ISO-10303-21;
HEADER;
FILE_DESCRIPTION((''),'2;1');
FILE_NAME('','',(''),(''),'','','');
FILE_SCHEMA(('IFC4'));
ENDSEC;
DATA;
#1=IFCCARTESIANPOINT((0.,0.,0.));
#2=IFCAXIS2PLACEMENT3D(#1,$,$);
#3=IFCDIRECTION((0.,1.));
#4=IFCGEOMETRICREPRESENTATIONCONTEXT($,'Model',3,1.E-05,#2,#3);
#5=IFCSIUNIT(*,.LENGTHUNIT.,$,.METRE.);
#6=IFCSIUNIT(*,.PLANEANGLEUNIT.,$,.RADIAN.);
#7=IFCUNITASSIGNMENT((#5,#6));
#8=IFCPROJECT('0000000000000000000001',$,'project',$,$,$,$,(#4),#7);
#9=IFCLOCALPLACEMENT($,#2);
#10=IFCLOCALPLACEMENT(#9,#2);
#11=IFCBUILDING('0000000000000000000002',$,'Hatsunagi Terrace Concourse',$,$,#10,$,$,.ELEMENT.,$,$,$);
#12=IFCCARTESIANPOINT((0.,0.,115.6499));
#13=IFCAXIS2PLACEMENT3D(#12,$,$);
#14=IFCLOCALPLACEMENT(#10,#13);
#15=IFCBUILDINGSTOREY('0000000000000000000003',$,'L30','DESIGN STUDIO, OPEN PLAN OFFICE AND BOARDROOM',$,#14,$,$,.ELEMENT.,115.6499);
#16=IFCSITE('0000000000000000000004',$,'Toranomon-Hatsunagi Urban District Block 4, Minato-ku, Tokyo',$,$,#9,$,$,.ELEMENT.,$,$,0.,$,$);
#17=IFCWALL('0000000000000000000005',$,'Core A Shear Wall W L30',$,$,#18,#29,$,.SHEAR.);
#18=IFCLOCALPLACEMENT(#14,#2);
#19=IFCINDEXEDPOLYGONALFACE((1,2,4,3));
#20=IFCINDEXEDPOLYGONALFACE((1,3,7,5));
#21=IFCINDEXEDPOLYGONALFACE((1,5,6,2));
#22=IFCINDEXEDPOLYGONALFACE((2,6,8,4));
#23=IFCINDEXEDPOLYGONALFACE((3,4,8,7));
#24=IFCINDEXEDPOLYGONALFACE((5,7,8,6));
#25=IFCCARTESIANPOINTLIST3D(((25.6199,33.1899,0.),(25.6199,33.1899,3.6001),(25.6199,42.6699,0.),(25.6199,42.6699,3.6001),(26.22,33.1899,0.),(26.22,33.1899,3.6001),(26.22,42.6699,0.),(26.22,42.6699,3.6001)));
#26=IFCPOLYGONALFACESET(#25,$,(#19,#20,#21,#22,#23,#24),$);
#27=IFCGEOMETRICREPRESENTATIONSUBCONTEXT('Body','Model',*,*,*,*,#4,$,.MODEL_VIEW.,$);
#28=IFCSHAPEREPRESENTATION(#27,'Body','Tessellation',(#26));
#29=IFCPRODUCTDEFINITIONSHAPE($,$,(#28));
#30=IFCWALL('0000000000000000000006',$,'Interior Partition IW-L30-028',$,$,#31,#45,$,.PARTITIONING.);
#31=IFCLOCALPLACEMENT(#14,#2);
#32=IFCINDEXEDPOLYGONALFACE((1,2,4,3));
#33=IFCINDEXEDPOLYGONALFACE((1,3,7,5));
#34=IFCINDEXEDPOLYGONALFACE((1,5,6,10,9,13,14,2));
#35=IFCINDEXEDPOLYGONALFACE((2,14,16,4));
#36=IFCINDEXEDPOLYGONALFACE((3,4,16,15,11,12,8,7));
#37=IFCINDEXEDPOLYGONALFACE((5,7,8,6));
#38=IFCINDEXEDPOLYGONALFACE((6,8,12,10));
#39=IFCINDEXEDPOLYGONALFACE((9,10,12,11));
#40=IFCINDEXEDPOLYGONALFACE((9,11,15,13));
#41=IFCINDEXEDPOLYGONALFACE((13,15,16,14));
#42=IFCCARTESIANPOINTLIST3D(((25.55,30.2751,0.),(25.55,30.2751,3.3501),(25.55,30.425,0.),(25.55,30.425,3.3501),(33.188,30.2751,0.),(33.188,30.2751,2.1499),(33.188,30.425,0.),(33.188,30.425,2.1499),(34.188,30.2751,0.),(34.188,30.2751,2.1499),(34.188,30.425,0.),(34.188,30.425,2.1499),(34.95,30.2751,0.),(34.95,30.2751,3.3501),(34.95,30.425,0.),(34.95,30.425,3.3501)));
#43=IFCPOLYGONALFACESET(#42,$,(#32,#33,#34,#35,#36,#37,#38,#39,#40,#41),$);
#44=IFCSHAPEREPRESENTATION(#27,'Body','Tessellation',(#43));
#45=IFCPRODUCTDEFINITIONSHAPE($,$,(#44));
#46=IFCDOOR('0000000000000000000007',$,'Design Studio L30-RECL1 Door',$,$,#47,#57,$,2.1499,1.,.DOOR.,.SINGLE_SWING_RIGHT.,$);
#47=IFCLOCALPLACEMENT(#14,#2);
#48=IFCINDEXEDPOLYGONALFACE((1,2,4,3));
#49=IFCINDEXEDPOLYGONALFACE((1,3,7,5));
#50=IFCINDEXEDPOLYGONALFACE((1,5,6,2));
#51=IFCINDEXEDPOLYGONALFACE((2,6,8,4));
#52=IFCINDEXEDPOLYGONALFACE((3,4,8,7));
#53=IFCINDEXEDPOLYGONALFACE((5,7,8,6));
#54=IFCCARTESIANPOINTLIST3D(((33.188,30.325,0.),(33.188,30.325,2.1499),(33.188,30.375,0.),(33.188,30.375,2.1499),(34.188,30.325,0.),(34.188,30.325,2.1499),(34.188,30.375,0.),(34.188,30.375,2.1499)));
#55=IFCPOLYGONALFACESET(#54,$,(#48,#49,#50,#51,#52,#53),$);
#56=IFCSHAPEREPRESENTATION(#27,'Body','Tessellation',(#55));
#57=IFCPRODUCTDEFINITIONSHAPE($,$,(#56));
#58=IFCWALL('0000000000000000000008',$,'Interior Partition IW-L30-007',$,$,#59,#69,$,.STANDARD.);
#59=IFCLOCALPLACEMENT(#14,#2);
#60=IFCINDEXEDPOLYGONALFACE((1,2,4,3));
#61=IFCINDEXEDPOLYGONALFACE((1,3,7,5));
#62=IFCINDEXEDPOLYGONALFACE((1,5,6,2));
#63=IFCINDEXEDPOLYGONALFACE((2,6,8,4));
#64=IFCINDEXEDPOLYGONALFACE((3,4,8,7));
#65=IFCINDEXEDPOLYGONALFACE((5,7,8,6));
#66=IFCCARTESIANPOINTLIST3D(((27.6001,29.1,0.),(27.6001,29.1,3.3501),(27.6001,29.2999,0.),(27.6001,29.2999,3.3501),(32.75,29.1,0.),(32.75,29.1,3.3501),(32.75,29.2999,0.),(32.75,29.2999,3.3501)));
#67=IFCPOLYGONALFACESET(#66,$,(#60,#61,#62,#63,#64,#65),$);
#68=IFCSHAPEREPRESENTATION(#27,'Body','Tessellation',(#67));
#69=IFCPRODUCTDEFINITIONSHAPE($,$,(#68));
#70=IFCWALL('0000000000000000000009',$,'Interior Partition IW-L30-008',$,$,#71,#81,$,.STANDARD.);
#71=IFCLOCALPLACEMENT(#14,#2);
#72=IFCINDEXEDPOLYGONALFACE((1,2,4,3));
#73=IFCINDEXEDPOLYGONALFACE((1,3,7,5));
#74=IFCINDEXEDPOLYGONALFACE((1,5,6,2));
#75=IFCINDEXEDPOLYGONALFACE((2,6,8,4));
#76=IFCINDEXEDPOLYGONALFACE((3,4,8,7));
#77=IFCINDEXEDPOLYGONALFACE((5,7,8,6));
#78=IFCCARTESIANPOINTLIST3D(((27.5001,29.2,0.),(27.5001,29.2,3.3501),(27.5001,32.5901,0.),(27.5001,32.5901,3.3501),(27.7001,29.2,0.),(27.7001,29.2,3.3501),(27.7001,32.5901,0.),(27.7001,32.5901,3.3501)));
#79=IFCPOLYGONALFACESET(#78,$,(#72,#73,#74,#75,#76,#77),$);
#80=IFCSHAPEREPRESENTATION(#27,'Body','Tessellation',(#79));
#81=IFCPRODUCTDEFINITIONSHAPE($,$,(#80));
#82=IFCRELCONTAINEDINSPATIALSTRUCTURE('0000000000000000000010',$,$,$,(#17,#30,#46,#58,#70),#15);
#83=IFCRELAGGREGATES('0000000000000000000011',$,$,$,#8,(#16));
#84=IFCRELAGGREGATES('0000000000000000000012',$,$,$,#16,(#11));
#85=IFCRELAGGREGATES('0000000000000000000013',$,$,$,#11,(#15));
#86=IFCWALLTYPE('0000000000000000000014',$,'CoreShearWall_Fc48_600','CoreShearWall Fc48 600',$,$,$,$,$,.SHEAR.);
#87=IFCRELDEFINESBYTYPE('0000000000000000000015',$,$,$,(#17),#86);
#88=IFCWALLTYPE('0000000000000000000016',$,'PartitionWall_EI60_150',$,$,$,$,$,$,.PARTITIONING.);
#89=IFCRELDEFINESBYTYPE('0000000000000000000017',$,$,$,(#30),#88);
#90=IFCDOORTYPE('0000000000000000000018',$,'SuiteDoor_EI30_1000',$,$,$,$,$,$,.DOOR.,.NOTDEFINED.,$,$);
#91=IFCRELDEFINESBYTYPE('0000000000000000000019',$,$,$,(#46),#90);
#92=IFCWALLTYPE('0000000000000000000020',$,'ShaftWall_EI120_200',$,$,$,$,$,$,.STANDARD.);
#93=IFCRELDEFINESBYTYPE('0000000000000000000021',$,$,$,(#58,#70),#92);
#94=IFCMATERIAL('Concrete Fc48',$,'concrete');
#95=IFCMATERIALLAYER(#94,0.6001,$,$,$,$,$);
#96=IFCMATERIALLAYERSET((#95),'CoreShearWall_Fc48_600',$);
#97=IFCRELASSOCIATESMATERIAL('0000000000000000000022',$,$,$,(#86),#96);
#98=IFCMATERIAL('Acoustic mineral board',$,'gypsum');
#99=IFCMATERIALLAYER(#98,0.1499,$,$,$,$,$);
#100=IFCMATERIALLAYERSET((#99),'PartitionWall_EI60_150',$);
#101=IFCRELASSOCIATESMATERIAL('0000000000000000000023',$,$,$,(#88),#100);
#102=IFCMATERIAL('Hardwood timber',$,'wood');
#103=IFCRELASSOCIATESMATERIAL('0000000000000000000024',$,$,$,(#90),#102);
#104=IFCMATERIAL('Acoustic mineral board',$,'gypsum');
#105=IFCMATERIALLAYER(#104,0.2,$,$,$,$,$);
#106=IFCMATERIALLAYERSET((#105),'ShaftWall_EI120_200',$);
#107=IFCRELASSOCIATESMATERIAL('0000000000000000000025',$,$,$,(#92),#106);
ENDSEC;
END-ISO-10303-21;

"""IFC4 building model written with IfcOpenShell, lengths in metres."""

from ifc_helpers import new_model, si_unit, direction, frame, frame_2d, origin, place, context, subcontext, project, spatial, rectangle, extrude, material, layer, layer_set, type_object, element, fill, save


model = new_model("IFC4")

# Units and contexts
model_context = context("Model", 3, precision=1e-05, world=origin(), true_north=direction((0.0, 1.0)))
body_context = subcontext(model_context, "Body", "Model", "MODEL_VIEW")
ifc_project = project(units=[si_unit("LENGTHUNIT", "METRE"), si_unit("PLANEANGLEUNIT", "RADIAN")], contexts=[model_context])

# Site, building, storey
site_placement = place(None, origin())
site = spatial("IfcSite", under=ifc_project, at=site_placement, Name="Toranomon-Hatsunagi Urban District Block 4, Minato-ku, Tokyo", CompositionType="ELEMENT", RefElevation=0.0)
building_placement = place(site_placement, origin())
building = spatial("IfcBuilding", under=site, at=building_placement, Name="Hatsunagi Terrace Concourse", CompositionType="ELEMENT")
storey_placement = place(building_placement, frame((0.0, 0.0, 115.6499)))
storey = spatial("IfcBuildingStorey", under=building, at=storey_placement, Name="L30", Description="DESIGN STUDIO, OPEN PLAN OFFICE AND BOARDROOM", CompositionType="ELEMENT", Elevation=115.6499)

# Shared definitions
ifc_material_1 = material(Name="Concrete Fc48", Category="concrete")
ifc_layer_1 = layer(ifc_material_1, 0.6001)
ifc_layer_set_1 = layer_set([ifc_layer_1], Name="CoreShearWall_Fc48_600")
wall_type_1 = type_object("IfcWallType", Name="CoreShearWall_Fc48_600", Description="CoreShearWall Fc48 600", PredefinedType="SHEAR", material=ifc_layer_set_1)

# Wall
wall_1_placement = place(storey_placement, frame((25.9199, 33.1899, 0.0), z_axis=(0.0, 0.0, 1.0), x_axis=(0.0, 1.0, 0.0)))
element("IfcWall", 1, at=wall_1_placement, inside=storey, type_object=wall_type_1, Name="Core A Shear Wall W L30", PredefinedType="SHEAR", context=body_context, shape_type="SweptSolid", body=[
    extrude(rectangle(XDim=9.48, YDim=0.6001, at=frame_2d((4.74, 0.0))), origin(), (0.0, 0.0, 1.0), 3.6001),
])

# Wall, opening, door
ifc_material_2 = material(Name="Acoustic mineral board", Category="gypsum")
ifc_layer_2 = layer(ifc_material_2, 0.1499)
ifc_layer_set_2 = layer_set([ifc_layer_2], Name="PartitionWall_EI60_150")
wall_type_2 = type_object("IfcWallType", Name="PartitionWall_EI60_150", PredefinedType="PARTITIONING", material=ifc_layer_set_2)
wall_2_placement = place(storey_placement, frame((25.55, 30.3501, 0.0), z_axis=(0.0, 0.0, 1.0), x_axis=(1.0, 0.0, 0.0)))
wall_2 = element("IfcWall", 2, at=wall_2_placement, inside=storey, type_object=wall_type_2, Name="Interior Partition IW-L30-028", PredefinedType="PARTITIONING", context=body_context, shape_type="SweptSolid", body=[
    extrude(rectangle(XDim=9.3999, YDim=0.1499, at=frame_2d((4.7, 0.0))), origin(), (0.0, 0.0, 1.0), 3.3501),
])
opening_1_placement = place(wall_2_placement, frame((7.6379, 0.0, 0.0)))
opening_1 = element("IfcOpeningElement", 3, at=opening_1_placement, cuts=wall_2, PredefinedType="OPENING", context=body_context, shape_type="SweptSolid", body=[
    extrude(rectangle(XDim=1.0, YDim=2.1499, at=frame_2d((0.5, 1.075))), frame((0.0, 0.085, 0.0), z_axis=(0.0, -1.0, 0.0), x_axis=(1.0, 0.0, 0.0)), (0.0, 0.0, 1.0), 0.1699),
])
ifc_material_3 = material(Name="Hardwood timber", Category="wood")
door_type_1 = type_object("IfcDoorType", Name="SuiteDoor_EI30_1000", OperationType="NOTDEFINED", PredefinedType="DOOR", material=ifc_material_3)
door_1_placement = place(opening_1_placement, origin())
door_1 = element("IfcDoor", 4, at=door_1_placement, inside=storey, type_object=door_type_1, Name="Design Studio L30-RECL1 Door", OperationType="SINGLE_SWING_RIGHT", OverallHeight=2.1499, OverallWidth=1.0, PredefinedType="DOOR", context=body_context, shape_type="SweptSolid", body=[
    extrude(rectangle(XDim=1.0, YDim=2.1499, at=frame_2d((0.5, 1.075))), frame((0.0, 0.0249, 0.0), z_axis=(0.0, -1.0, 0.0), x_axis=(1.0, 0.0, 0.0)), (0.0, 0.0, 1.0), 0.05),
])
fill(opening_1, door_1)

# Walls
ifc_material_4 = material(Name="Acoustic mineral board", Category="gypsum")
ifc_layer_3 = layer(ifc_material_4, 0.2)
ifc_layer_set_3 = layer_set([ifc_layer_3], Name="ShaftWall_EI120_200")
wall_type_3 = type_object("IfcWallType", Name="ShaftWall_EI120_200", PredefinedType="STANDARD", material=ifc_layer_set_3)
wall_3_placement = place(storey_placement, frame((27.6001, 29.2, 0.0), z_axis=(0.0, 0.0, 1.0), x_axis=(1.0, 0.0, 0.0)))
element("IfcWall", 5, at=wall_3_placement, inside=storey, type_object=wall_type_3, Name="Interior Partition IW-L30-007", PredefinedType="STANDARD", context=body_context, shape_type="SweptSolid", body=[
    extrude(rectangle(XDim=5.1499, YDim=0.2, at=frame_2d((2.575, 0.0))), origin(), (0.0, 0.0, 1.0), 3.3501),
])
wall_4_placement = place(storey_placement, frame((27.6001, 29.2, 0.0), z_axis=(0.0, 0.0, 1.0), x_axis=(0.0, 1.0, 0.0)))
element("IfcWall", 6, at=wall_4_placement, inside=storey, type_object=wall_type_3, Name="Interior Partition IW-L30-008", PredefinedType="STANDARD", context=body_context, shape_type="SweptSolid", body=[
    extrude(rectangle(XDim=3.3901, YDim=0.2, at=frame_2d((1.6951, 0.0))), origin(), (0.0, 0.0, 1.0), 3.3501),
])

save(model, "model.ifc")
